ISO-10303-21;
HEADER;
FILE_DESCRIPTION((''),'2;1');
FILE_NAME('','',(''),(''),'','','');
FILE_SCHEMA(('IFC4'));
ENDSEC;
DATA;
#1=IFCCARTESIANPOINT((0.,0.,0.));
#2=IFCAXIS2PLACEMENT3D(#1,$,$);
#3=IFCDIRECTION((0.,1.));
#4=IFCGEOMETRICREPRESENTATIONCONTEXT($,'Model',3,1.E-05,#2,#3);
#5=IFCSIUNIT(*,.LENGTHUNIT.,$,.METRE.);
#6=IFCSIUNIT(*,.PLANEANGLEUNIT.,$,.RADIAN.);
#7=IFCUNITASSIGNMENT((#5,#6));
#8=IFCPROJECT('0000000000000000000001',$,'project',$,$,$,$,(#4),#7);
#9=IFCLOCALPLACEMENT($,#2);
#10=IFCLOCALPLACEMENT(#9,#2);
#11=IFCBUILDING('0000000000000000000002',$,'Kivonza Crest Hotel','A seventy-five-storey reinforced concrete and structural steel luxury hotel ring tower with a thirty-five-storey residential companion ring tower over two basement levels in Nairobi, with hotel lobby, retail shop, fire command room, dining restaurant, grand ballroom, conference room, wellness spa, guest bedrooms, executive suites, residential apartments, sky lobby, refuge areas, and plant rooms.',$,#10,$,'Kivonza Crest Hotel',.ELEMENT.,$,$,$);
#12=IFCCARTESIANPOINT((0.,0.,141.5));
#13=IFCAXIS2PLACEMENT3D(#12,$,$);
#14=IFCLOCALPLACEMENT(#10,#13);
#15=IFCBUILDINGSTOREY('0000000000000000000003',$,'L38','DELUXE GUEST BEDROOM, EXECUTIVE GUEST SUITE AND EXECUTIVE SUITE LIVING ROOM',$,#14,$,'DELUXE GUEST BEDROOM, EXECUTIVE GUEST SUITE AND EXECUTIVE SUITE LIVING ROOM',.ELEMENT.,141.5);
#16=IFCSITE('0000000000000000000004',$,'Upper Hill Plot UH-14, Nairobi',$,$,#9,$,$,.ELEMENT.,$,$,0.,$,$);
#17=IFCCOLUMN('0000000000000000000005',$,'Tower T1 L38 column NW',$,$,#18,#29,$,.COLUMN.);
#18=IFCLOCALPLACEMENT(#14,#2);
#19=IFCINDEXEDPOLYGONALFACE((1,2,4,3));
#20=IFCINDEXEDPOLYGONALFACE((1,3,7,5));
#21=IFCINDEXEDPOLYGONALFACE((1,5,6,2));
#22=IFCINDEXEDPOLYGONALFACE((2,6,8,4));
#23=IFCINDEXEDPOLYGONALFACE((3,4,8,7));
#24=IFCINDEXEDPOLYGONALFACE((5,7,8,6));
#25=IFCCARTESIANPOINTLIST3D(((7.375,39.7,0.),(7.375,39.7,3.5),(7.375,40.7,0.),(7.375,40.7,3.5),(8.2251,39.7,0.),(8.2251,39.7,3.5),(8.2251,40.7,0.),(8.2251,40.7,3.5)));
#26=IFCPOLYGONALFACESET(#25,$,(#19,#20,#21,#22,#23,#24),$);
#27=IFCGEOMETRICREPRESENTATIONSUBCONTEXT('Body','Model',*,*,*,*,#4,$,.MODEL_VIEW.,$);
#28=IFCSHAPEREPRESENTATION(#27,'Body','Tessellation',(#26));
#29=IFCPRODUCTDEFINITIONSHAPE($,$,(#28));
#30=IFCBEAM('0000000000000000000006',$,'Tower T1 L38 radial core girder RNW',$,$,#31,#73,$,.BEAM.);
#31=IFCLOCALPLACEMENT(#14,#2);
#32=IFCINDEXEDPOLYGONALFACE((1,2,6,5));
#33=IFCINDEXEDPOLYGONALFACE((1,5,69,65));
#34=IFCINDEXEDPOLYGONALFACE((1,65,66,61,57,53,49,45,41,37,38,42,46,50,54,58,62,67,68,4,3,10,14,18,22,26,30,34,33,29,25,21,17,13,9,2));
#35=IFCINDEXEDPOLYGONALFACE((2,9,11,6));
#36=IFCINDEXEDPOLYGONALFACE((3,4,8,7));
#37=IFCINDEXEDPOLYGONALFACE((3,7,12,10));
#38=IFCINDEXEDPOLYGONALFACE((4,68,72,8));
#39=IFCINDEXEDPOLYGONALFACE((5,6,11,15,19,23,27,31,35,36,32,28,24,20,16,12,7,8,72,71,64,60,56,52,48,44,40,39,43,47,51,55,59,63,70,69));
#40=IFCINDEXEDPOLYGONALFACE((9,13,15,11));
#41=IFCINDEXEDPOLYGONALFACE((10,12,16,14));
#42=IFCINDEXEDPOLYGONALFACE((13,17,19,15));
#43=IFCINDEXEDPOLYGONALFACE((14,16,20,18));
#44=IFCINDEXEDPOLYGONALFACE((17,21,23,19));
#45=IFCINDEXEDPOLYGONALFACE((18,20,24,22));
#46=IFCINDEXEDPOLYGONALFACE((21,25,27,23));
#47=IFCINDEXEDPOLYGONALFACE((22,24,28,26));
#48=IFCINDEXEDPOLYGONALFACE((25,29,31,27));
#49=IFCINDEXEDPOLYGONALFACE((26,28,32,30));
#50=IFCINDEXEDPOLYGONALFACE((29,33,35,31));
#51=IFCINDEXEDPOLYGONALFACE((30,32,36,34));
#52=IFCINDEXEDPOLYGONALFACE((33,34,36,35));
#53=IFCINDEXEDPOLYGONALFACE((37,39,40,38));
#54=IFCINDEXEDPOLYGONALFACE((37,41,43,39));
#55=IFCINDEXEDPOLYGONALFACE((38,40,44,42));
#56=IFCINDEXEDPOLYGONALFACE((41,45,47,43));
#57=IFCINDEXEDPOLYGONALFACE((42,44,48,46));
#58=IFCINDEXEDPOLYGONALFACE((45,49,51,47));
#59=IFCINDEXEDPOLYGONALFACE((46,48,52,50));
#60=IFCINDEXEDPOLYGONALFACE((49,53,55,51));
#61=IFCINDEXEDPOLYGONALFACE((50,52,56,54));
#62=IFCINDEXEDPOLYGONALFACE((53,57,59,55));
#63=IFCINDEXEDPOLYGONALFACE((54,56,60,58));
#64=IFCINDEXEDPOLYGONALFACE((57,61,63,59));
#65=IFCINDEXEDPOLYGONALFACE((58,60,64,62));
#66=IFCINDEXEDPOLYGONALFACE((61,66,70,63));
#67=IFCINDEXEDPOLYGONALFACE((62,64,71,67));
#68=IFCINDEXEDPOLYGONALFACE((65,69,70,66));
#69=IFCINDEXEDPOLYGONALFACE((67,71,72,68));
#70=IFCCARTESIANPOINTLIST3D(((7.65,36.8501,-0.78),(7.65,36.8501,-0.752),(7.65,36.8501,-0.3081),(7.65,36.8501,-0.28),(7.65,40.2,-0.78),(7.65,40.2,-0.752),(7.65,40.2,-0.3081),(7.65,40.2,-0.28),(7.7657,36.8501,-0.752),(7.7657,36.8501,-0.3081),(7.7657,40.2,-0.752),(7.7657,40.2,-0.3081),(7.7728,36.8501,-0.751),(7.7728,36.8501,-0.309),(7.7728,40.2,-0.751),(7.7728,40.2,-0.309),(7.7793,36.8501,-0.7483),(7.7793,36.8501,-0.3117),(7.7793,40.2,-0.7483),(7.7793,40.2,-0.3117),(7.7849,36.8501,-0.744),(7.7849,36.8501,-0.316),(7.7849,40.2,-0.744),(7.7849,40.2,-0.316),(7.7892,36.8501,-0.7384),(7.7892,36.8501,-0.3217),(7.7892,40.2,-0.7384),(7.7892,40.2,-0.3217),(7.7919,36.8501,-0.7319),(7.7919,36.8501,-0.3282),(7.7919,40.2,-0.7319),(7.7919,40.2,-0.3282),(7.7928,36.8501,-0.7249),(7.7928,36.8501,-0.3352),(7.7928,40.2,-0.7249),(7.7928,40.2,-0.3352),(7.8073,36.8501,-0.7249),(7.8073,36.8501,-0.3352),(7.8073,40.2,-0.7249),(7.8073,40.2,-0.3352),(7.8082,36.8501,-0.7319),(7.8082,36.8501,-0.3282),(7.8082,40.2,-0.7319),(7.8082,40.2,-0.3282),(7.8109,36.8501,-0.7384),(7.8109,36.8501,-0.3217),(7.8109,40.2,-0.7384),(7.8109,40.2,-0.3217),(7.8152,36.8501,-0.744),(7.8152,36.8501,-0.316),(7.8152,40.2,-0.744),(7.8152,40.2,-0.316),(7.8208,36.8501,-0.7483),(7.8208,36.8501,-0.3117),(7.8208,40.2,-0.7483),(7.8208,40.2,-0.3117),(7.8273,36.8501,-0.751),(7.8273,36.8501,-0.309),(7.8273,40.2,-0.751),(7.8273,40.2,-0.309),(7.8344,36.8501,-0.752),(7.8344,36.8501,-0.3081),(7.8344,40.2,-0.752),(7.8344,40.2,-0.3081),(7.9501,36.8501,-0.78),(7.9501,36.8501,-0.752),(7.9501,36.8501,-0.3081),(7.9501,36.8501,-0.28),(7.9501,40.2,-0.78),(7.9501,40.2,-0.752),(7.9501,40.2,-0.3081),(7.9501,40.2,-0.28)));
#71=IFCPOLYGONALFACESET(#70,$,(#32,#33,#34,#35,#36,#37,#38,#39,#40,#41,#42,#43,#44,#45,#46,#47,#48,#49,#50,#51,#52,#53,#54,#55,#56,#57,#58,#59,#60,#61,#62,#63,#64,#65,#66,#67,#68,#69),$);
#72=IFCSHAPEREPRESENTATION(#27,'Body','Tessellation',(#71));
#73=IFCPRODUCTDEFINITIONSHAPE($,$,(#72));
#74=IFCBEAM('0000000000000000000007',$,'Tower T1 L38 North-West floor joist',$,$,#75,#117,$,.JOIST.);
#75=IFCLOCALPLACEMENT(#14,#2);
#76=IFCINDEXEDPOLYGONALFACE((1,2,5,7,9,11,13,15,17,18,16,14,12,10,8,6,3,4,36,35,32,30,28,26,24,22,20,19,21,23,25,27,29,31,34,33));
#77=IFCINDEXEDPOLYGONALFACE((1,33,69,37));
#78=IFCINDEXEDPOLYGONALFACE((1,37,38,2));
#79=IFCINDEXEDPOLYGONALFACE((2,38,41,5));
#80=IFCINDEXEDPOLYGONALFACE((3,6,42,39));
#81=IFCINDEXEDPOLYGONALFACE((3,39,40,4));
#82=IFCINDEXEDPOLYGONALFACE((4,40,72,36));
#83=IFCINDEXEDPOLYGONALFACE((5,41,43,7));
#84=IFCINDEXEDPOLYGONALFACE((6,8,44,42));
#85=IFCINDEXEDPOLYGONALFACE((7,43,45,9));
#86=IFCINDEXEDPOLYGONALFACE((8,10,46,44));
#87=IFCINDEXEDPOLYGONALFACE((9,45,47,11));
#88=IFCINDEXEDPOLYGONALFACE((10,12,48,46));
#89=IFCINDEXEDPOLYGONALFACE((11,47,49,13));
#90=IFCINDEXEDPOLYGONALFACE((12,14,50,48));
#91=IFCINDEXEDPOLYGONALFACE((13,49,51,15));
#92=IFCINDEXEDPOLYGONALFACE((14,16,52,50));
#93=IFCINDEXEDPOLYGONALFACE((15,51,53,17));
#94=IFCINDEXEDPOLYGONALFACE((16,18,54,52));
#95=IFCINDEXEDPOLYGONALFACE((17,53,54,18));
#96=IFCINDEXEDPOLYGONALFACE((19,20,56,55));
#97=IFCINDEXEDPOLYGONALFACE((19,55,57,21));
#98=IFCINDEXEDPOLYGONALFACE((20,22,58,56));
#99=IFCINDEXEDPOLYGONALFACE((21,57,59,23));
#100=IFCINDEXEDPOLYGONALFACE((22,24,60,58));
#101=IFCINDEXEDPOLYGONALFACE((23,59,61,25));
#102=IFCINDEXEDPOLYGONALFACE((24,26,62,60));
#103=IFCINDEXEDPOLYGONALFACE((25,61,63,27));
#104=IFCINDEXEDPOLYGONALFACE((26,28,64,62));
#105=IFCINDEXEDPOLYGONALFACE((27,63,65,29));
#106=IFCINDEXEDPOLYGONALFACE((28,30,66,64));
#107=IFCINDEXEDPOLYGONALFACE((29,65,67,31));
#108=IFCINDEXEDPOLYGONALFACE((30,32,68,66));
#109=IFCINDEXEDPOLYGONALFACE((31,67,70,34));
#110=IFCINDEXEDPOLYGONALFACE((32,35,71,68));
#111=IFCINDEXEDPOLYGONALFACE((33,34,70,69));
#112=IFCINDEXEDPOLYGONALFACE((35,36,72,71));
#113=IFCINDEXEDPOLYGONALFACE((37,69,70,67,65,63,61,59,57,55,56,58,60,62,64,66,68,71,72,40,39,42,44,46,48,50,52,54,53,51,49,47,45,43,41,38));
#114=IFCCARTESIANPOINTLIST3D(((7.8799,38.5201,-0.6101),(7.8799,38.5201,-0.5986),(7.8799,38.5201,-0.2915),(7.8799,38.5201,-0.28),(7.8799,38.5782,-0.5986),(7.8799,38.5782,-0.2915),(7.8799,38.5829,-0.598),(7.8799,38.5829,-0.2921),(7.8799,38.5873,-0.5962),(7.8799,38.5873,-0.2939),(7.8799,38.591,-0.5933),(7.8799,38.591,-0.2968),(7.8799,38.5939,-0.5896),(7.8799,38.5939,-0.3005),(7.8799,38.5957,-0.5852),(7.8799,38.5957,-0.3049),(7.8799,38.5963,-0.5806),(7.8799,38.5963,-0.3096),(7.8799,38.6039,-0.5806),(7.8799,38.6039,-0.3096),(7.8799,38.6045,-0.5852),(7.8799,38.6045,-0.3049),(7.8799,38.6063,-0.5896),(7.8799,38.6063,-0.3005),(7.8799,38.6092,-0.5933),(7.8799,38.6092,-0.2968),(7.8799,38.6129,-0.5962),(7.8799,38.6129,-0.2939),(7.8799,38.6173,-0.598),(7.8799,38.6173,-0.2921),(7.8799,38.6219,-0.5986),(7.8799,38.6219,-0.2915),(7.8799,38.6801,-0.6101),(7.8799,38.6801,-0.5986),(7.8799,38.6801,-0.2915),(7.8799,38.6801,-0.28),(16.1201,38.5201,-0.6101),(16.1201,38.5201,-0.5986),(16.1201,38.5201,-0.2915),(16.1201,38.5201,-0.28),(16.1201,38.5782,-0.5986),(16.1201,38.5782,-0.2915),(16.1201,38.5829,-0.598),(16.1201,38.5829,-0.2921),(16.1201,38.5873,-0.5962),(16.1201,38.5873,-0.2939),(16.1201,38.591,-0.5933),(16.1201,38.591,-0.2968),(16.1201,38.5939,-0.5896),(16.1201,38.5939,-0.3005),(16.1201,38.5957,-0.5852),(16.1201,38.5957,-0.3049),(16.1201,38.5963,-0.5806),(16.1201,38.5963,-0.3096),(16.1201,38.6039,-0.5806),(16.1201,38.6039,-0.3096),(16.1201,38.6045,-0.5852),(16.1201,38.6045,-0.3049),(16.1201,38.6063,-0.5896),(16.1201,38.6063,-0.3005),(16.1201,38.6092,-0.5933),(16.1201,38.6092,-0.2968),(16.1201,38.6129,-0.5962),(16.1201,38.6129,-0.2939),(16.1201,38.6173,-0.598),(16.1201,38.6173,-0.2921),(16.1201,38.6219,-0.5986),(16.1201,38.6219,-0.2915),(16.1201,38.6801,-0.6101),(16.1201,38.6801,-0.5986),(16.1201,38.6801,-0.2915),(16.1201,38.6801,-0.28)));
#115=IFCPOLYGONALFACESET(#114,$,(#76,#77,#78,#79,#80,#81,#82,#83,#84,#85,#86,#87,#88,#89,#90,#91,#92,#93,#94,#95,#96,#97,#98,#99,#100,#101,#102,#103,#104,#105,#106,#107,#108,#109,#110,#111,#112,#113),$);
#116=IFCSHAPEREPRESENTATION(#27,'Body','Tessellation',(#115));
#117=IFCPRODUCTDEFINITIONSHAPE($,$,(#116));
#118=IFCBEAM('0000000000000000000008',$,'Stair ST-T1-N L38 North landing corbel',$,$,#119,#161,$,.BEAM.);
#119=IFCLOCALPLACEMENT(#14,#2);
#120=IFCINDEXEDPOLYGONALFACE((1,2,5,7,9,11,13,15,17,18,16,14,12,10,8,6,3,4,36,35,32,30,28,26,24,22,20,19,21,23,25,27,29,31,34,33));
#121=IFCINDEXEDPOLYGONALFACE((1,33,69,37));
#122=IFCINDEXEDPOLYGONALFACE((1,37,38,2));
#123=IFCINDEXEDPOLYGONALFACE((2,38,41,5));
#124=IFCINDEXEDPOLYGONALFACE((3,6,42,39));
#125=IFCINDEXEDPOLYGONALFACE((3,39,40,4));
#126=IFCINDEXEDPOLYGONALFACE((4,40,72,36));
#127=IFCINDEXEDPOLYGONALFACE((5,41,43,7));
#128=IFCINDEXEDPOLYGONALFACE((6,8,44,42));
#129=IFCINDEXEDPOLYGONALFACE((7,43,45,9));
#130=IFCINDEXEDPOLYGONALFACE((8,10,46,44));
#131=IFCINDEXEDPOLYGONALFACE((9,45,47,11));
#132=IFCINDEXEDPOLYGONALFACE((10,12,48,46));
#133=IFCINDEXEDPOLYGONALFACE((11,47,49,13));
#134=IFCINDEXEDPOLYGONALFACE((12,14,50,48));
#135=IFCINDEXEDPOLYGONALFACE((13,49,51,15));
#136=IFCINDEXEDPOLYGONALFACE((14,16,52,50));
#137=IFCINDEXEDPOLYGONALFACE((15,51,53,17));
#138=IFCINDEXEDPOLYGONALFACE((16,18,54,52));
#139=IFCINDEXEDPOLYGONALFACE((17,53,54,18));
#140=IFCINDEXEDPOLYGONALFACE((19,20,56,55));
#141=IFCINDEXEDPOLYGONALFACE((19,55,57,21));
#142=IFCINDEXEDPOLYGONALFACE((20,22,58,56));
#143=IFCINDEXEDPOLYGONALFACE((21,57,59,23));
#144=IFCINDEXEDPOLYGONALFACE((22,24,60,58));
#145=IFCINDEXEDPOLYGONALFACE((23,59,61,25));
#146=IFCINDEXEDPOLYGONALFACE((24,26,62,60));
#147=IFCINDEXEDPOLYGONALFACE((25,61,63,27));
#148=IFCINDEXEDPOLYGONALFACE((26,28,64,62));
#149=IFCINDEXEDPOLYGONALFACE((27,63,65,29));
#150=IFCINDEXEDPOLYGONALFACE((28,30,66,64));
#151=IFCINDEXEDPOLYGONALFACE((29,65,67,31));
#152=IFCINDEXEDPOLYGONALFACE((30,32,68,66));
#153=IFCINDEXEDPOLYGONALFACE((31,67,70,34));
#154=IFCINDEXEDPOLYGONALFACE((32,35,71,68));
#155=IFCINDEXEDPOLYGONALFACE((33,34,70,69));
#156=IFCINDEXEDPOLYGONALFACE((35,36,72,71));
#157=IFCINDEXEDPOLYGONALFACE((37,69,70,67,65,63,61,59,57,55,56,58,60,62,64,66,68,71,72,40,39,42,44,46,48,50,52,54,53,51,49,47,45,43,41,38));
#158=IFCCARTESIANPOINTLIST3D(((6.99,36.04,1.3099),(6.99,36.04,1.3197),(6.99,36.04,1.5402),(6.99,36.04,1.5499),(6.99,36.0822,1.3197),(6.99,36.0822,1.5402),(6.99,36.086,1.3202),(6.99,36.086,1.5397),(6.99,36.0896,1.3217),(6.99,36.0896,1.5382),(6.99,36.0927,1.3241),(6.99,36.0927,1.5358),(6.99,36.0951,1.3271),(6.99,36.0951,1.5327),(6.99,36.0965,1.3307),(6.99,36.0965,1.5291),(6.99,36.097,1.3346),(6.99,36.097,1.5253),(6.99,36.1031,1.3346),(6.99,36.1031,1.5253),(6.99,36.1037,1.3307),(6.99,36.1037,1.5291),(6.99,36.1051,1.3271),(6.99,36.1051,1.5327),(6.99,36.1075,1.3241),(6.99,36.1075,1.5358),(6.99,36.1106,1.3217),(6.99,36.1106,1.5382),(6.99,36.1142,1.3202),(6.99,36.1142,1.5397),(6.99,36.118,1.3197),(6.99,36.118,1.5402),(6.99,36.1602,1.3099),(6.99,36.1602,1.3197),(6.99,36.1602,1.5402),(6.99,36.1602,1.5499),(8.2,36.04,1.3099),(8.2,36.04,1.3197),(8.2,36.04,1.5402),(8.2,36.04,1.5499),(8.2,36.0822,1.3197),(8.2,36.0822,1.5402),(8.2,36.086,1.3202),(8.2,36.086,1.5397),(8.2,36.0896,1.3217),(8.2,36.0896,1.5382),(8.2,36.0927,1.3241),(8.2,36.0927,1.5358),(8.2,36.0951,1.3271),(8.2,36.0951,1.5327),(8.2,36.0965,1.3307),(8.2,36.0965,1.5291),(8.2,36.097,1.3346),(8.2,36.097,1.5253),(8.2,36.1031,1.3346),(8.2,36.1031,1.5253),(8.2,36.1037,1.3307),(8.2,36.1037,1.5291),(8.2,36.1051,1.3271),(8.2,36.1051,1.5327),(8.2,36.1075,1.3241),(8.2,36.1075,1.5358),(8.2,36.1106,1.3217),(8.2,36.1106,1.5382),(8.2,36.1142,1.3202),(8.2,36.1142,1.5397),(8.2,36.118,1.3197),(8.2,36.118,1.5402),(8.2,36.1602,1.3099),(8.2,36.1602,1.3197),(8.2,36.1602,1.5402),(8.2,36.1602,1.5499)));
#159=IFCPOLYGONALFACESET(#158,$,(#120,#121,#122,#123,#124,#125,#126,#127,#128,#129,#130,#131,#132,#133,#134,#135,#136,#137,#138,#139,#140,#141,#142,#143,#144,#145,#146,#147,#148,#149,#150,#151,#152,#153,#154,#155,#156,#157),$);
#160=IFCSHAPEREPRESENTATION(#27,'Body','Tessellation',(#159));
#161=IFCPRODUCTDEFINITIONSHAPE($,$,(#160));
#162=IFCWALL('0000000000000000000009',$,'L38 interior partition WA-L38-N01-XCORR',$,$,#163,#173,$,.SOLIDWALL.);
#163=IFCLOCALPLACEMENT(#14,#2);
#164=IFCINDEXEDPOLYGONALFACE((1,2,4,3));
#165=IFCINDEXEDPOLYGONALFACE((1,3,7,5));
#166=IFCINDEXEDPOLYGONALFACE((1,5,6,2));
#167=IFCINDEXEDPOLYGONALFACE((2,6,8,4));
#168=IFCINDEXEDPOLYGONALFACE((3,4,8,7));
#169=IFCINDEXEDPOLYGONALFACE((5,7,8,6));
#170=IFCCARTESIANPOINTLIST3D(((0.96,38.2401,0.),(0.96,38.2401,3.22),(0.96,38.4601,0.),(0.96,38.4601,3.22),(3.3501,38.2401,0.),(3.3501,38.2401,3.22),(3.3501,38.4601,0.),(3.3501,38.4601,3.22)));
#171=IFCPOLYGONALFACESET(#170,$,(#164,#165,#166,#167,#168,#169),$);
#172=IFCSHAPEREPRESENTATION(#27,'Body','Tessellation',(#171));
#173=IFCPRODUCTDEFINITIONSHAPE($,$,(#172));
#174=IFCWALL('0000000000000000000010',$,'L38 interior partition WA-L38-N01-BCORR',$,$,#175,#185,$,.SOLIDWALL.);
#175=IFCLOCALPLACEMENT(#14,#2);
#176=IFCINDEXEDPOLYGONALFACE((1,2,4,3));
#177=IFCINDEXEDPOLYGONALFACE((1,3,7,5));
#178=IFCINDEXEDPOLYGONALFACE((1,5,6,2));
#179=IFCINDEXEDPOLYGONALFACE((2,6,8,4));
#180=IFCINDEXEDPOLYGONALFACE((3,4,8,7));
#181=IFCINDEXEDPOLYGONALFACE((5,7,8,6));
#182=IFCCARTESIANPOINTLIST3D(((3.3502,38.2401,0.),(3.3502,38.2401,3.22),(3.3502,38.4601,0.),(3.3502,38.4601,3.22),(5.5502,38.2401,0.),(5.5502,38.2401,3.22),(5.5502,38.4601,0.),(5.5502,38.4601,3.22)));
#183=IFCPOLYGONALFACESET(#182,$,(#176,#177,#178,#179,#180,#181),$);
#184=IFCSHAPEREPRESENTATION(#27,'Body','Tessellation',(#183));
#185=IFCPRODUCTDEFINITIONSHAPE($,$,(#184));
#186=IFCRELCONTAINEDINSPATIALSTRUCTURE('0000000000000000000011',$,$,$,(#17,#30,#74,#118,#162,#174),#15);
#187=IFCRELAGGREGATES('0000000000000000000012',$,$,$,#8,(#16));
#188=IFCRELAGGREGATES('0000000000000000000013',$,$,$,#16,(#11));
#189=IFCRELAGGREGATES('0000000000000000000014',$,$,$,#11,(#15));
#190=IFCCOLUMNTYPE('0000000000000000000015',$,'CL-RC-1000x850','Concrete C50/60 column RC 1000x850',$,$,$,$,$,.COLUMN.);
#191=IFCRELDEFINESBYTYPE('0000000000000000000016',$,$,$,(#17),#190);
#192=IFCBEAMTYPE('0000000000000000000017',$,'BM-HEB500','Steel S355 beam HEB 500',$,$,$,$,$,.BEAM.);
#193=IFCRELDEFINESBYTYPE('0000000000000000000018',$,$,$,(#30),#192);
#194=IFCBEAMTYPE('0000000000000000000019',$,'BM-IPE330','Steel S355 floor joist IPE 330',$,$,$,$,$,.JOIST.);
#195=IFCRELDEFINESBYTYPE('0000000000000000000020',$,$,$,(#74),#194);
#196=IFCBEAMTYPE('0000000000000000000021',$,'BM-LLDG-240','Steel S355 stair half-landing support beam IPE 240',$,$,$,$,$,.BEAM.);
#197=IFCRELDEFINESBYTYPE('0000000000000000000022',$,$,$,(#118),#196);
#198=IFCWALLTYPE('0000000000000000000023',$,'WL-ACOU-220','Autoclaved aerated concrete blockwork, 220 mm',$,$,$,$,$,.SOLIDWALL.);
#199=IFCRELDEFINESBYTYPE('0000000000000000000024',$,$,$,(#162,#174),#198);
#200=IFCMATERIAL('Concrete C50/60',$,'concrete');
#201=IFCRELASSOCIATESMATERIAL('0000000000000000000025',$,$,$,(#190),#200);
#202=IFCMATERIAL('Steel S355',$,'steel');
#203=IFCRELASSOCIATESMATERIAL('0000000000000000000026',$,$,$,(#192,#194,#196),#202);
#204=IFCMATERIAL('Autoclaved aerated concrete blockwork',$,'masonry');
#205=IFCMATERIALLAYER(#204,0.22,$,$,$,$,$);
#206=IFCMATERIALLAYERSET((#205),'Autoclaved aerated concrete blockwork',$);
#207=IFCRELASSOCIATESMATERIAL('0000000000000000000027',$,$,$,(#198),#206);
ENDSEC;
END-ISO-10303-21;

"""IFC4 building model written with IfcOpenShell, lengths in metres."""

from ifc_helpers import new_model, si_unit, direction, frame, frame_2d, origin, origin_2d, place, context, subcontext, project, spatial, rectangle, i_section, extrude, material, layer, layer_set, material_profile, profile_set, type_object, element, save


model = new_model("IFC4")

# Units and contexts
model_context = context("Model", 3, precision=1e-05, world=origin(), true_north=direction((0.0, 1.0)))
body_context = subcontext(model_context, "Body", "Model", "MODEL_VIEW")
ifc_project = project(units=[si_unit("LENGTHUNIT", "METRE"), si_unit("PLANEANGLEUNIT", "RADIAN")], contexts=[model_context])

# Site, building, storey
site_placement = place(None, origin())
site = spatial("IfcSite", under=ifc_project, at=site_placement, Name="Upper Hill Plot UH-14, Nairobi", CompositionType="ELEMENT", RefElevation=0.0)
building_placement = place(site_placement, origin())
building = spatial("IfcBuilding", under=site, at=building_placement, Name="Kivonza Crest Hotel", Description="A seventy-five-storey reinforced concrete and structural steel luxury hotel ring tower with a thirty-five-storey residential companion ring tower over two basement levels in Nairobi, with hotel lobby, retail shop, fire command room, dining restaurant, grand ballroom, conference room, wellness spa, guest bedrooms, executive suites, residential apartments, sky lobby, refuge areas, and plant rooms.", LongName="Kivonza Crest Hotel", CompositionType="ELEMENT")
storey_placement = place(building_placement, frame((0.0, 0.0, 141.5)))
storey = spatial("IfcBuildingStorey", under=building, at=storey_placement, Name="L38", Description="DELUXE GUEST BEDROOM, EXECUTIVE GUEST SUITE AND EXECUTIVE SUITE LIVING ROOM", LongName="DELUXE GUEST BEDROOM, EXECUTIVE GUEST SUITE AND EXECUTIVE SUITE LIVING ROOM", CompositionType="ELEMENT", Elevation=141.5)

# Column
ifc_material_1 = material(Name="Concrete C50/60", Category="concrete")
ifc_material_profile_1 = material_profile(ifc_material_1, rectangle(XDim=0.8501, YDim=1.0, at=origin_2d()), Name="RC 1000x850")
ifc_profile_set_1 = profile_set([ifc_material_profile_1], Name="Concrete C50/60")
column_type = type_object("IfcColumnType", Name="CL-RC-1000x850", Description="Concrete C50/60 column RC 1000x850", PredefinedType="COLUMN", material=ifc_profile_set_1)
column_placement = place(storey_placement, frame((7.8, 40.2, 0.0), z_axis=(0.0, 0.0, 1.0), x_axis=(1.0, 0.0, 0.0)))
element("IfcColumn", 1, at=column_placement, inside=storey, type_object=column_type, Name="Tower T1 L38 column NW", PredefinedType="COLUMN", context=body_context, shape_type="SweptSolid", body=[
    extrude(rectangle(XDim=0.8501, YDim=1.0, at=origin_2d()), origin(), (0.0, 0.0, 1.0), 3.5),
])

# Beams
ifc_material_2 = material(Name="Steel S355", Category="steel")
ifc_material_profile_2 = material_profile(ifc_material_2, i_section(OverallWidth=0.3, OverallDepth=0.5, WebThickness=0.0144, FlangeThickness=0.0281, FilletRadius=0.0271, at=origin_2d()), Name="HEB 500")
ifc_profile_set_2 = profile_set([ifc_material_profile_2], Name="Steel S355")
beam_type_1 = type_object("IfcBeamType", Name="BM-HEB500", Description="Steel S355 beam HEB 500", PredefinedType="BEAM", material=ifc_profile_set_2)
beam_1_placement = place(storey_placement, frame((7.8, 40.2, -0.53), z_axis=(0.0, -1.0, 0.0), x_axis=(1.0, 0.0, 0.0)))
element("IfcBeam", 2, at=beam_1_placement, inside=storey, type_object=beam_type_1, Name="Tower T1 L38 radial core girder RNW", PredefinedType="BEAM", context=body_context, shape_type="SweptSolid", body=[
    extrude(i_section(OverallWidth=0.3, OverallDepth=0.5, WebThickness=0.0144, FlangeThickness=0.0281, FilletRadius=0.0271, at=origin_2d()), origin(), (0.0, 0.0, 1.0), 3.3499),
])
ifc_material_profile_3 = material_profile(ifc_material_2, i_section(OverallWidth=0.1599, OverallDepth=0.3301, WebThickness=0.0076, FlangeThickness=0.0115, FilletRadius=0.0181, at=origin_2d()), Name="IPE 330")
ifc_profile_set_3 = profile_set([ifc_material_profile_3], Name="Steel S355")
beam_type_2 = type_object("IfcBeamType", Name="BM-IPE330", Description="Steel S355 floor joist IPE 330", PredefinedType="JOIST", material=ifc_profile_set_3)
beam_2_placement = place(storey_placement, frame((7.8799, 38.6001, -0.4451), z_axis=(1.0, 0.0, 0.0), x_axis=(0.0, 1.0, 0.0)))
element("IfcBeam", 3, at=beam_2_placement, inside=storey, type_object=beam_type_2, Name="Tower T1 L38 North-West floor joist", PredefinedType="JOIST", context=body_context, shape_type="SweptSolid", body=[
    extrude(i_section(OverallWidth=0.1599, OverallDepth=0.3301, WebThickness=0.0076, FlangeThickness=0.0115, FilletRadius=0.0181, at=origin_2d()), origin(), (0.0, 0.0, 1.0), 8.2402),
])
ifc_material_profile_4 = material_profile(ifc_material_2, i_section(OverallWidth=0.1201, OverallDepth=0.24, WebThickness=0.0061, FlangeThickness=0.0098, FilletRadius=0.0149, at=origin_2d()), Name="IPE 240")
ifc_profile_set_4 = profile_set([ifc_material_profile_4], Name="Steel S355")
beam_type_3 = type_object("IfcBeamType", Name="BM-LLDG-240", Description="Steel S355 stair half-landing support beam IPE 240", PredefinedType="BEAM", material=ifc_profile_set_4)
beam_3_placement = place(storey_placement, frame((6.99, 36.1001, 1.4299), z_axis=(1.0, 0.0, 0.0), x_axis=(0.0, 1.0, 0.0)))
element("IfcBeam", 4, at=beam_3_placement, inside=storey, type_object=beam_type_3, Name="Stair ST-T1-N L38 North landing corbel", PredefinedType="BEAM", context=body_context, shape_type="SweptSolid", body=[
    extrude(i_section(OverallWidth=0.1201, OverallDepth=0.24, WebThickness=0.0061, FlangeThickness=0.0098, FilletRadius=0.0149, at=origin_2d()), origin(), (0.0, 0.0, 1.0), 1.21),
])

# Walls
ifc_material_3 = material(Name="Autoclaved aerated concrete blockwork", Category="masonry")
ifc_layer_1 = layer(ifc_material_3, 0.22)
ifc_layer_set_1 = layer_set([ifc_layer_1], Name="Autoclaved aerated concrete blockwork")
wall_type_1 = type_object("IfcWallType", Name="WL-ACOU-220", Description="Autoclaved aerated concrete blockwork, 220 mm", PredefinedType="SOLIDWALL", material=ifc_layer_set_1)
wall_1_placement = place(storey_placement, frame((0.96, 38.3501, 0.0), z_axis=(0.0, 0.0, 1.0), x_axis=(1.0, 0.0, 0.0)))
element("IfcWall", 5, at=wall_1_placement, inside=storey, type_object=wall_type_1, Name="L38 interior partition WA-L38-N01-XCORR", PredefinedType="SOLIDWALL", context=body_context, shape_type="SweptSolid", body=[
    extrude(rectangle(XDim=2.3901, YDim=0.22, at=frame_2d((1.1951, 0.0))), origin(), (0.0, 0.0, 1.0), 3.22),
])
wall_2_placement = place(storey_placement, frame((3.3501, 38.3501, 0.0), z_axis=(0.0, 0.0, 1.0), x_axis=(1.0, 0.0, 0.0)))
element("IfcWall", 6, at=wall_2_placement, inside=storey, type_object=wall_type_1, Name="L38 interior partition WA-L38-N01-BCORR", PredefinedType="SOLIDWALL", context=body_context, shape_type="SweptSolid", body=[
    extrude(rectangle(XDim=2.2, YDim=0.22, at=frame_2d((1.1001, 0.0))), origin(), (0.0, 0.0, 1.0), 3.22),
])

save(model, "model.ifc")
